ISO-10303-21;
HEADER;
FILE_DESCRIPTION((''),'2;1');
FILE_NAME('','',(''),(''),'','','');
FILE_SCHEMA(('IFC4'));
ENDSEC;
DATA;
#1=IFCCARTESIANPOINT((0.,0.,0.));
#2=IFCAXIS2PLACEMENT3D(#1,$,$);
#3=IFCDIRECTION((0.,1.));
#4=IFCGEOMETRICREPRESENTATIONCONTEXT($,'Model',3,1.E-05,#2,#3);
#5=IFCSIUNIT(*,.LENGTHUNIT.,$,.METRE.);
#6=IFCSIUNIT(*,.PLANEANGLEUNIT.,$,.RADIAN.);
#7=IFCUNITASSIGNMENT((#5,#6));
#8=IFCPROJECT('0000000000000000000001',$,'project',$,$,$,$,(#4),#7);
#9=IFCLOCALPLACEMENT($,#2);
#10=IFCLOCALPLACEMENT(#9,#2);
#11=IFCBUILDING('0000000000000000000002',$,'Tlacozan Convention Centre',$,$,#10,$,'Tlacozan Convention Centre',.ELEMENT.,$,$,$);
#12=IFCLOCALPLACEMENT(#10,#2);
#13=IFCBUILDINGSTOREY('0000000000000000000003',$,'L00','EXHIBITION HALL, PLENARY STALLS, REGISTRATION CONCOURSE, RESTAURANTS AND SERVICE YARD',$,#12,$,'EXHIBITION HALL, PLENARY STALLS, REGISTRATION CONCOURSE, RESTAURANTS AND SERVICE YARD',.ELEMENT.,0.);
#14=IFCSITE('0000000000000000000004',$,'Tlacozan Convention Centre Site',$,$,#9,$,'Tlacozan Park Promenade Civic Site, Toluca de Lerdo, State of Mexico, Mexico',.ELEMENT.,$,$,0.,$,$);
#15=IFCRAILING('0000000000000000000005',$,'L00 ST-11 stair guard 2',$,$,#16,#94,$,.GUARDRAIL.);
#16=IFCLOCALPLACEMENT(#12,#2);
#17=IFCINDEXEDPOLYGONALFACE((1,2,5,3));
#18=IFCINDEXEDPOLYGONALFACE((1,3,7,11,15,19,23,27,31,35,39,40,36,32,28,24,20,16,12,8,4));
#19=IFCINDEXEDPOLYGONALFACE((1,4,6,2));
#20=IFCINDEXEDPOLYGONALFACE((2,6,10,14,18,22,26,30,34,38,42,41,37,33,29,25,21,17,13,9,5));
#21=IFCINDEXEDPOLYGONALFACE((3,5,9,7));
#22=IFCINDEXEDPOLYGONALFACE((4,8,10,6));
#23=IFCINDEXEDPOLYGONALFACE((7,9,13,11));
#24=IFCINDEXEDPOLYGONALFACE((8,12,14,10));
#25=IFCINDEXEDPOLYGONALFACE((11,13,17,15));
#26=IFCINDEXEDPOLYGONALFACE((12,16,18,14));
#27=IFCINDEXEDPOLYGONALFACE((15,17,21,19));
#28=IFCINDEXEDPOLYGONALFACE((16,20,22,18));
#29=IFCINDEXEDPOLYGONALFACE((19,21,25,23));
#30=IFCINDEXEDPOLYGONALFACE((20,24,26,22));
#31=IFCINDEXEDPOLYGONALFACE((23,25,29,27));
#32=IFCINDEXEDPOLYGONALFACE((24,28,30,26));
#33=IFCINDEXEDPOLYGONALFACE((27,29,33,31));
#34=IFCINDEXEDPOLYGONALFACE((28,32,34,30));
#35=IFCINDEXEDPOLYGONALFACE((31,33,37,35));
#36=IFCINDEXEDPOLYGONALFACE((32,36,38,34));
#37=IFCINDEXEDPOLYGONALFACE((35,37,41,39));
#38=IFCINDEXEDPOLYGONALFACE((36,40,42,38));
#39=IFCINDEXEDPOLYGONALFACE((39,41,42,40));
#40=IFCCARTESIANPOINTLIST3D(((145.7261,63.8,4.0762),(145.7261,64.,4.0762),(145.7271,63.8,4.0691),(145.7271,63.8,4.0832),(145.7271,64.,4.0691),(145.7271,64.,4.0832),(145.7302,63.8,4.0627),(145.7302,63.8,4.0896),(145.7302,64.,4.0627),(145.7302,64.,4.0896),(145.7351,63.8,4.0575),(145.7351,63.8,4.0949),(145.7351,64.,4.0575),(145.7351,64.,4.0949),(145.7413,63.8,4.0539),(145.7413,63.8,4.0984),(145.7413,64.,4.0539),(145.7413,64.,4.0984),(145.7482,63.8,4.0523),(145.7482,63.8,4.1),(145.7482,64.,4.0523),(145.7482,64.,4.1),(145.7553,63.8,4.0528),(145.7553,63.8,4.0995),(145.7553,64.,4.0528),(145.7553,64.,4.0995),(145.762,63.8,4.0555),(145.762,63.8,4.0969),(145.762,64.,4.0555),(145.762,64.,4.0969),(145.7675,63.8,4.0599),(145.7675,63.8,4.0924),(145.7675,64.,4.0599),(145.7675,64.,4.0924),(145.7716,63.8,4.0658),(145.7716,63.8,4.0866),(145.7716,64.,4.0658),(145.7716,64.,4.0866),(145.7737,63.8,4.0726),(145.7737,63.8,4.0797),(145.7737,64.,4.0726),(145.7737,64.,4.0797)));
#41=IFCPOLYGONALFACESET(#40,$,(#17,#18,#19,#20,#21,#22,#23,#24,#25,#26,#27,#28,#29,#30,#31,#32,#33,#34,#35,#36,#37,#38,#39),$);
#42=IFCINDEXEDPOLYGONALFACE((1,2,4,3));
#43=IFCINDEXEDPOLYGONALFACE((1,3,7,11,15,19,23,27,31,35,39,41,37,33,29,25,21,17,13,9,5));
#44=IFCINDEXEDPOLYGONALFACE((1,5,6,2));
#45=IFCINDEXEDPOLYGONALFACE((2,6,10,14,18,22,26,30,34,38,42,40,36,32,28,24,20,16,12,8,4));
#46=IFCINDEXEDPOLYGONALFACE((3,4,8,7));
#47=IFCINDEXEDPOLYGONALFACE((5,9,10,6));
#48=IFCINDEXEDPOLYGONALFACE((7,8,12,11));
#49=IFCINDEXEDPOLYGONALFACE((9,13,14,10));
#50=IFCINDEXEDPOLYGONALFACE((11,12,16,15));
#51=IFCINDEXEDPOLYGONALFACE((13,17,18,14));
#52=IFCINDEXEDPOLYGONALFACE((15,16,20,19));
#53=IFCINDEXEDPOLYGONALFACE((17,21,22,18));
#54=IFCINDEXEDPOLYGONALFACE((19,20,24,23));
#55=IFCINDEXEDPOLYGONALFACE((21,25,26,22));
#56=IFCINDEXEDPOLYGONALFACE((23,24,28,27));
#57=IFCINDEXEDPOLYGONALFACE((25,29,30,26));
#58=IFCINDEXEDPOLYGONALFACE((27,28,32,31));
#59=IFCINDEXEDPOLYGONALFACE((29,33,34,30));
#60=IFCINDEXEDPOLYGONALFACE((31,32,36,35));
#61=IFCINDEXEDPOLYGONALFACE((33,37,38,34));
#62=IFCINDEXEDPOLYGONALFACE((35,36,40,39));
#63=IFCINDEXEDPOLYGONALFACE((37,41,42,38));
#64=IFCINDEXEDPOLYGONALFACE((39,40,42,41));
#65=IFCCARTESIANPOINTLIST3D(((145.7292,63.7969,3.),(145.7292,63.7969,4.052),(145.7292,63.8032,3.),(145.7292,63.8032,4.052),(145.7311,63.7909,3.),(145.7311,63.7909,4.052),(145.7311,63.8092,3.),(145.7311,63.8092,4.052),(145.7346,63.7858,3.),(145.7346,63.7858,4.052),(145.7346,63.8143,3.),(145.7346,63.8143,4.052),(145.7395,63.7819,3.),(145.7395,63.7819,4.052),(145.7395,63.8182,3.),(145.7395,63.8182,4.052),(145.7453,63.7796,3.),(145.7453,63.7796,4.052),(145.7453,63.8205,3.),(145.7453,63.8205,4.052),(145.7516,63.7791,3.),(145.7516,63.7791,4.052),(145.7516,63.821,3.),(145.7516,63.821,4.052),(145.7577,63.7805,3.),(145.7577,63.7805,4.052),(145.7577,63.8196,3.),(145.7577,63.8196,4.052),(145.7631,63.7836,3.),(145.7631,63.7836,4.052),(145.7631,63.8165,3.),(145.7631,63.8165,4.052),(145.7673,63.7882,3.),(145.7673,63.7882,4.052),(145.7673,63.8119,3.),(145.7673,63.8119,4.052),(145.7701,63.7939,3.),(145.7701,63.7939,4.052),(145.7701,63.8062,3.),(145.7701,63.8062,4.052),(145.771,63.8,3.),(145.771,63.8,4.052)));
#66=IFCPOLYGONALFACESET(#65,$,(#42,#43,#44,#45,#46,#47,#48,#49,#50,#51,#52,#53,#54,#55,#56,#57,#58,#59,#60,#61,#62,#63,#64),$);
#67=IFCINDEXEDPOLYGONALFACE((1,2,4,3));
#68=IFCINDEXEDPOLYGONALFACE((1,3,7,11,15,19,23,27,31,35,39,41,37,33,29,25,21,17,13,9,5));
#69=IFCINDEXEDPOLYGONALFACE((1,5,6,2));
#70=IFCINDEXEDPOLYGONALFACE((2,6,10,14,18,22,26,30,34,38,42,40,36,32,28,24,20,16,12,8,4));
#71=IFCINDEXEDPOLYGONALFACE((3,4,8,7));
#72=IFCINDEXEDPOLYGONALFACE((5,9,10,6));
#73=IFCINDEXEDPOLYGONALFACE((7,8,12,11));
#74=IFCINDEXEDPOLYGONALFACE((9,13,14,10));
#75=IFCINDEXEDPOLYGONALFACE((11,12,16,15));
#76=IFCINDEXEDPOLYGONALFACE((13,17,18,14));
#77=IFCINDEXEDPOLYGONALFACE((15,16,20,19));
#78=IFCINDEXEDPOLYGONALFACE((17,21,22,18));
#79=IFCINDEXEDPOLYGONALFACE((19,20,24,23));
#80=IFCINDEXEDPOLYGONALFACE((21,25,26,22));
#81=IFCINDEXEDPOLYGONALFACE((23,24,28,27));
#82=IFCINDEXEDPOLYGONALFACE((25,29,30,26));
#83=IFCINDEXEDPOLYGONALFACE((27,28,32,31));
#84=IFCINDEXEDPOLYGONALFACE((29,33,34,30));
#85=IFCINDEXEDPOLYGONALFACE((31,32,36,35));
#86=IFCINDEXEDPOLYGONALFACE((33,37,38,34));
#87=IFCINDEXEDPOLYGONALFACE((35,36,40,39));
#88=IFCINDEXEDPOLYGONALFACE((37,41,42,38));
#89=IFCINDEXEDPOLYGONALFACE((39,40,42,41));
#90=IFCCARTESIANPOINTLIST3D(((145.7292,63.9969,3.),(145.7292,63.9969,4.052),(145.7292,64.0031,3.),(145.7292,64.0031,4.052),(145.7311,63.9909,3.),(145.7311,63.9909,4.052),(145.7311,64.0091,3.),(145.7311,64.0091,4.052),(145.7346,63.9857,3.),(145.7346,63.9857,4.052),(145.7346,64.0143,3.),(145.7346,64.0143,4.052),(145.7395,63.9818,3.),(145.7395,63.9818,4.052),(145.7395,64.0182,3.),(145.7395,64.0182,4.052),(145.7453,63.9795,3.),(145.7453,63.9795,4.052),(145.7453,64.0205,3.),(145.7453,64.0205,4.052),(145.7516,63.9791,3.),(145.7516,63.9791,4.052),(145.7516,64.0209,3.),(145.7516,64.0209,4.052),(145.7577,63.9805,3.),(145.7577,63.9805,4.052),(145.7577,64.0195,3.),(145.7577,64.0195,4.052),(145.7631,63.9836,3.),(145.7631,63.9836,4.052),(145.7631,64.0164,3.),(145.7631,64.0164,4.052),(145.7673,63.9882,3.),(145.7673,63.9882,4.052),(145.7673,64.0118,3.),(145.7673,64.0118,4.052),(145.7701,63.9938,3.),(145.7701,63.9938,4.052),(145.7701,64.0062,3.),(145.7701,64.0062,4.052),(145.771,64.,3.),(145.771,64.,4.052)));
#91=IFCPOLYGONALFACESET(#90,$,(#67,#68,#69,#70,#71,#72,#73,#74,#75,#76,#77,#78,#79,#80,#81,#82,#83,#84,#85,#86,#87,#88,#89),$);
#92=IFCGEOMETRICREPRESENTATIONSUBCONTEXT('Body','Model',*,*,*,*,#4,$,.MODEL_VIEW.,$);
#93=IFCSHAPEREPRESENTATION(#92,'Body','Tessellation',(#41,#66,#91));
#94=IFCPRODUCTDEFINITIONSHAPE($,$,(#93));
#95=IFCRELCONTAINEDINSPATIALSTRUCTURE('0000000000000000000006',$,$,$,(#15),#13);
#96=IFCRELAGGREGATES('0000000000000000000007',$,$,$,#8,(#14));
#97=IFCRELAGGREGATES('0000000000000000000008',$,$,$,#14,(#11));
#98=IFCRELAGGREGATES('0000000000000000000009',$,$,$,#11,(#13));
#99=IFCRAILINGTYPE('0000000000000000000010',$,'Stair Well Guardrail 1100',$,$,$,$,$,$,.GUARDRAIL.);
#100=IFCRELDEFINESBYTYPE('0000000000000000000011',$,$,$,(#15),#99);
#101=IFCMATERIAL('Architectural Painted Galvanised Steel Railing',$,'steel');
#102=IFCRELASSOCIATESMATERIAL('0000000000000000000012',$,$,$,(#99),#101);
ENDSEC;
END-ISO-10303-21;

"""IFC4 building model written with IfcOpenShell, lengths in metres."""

from ifc_helpers import new_model, si_unit, direction, frame, origin, origin_2d, place, context, subcontext, project, spatial, circle, extrude, material, type_object, element, save


model = new_model("IFC4")

# Units and contexts
model_context = context("Model", 3, precision=1e-05, world=origin(), true_north=direction((0.0, 1.0)))
body_context = subcontext(model_context, "Body", "Model", "MODEL_VIEW")
ifc_project = project(units=[si_unit("LENGTHUNIT", "METRE"), si_unit("PLANEANGLEUNIT", "RADIAN")], contexts=[model_context])

# Site, building, storey
site_placement = place(None, origin())
site = spatial("IfcSite", under=ifc_project, at=site_placement, Name="Tlacozan Convention Centre Site", LongName="Tlacozan Park Promenade Civic Site, Toluca de Lerdo, State of Mexico, Mexico", CompositionType="ELEMENT", RefElevation=0.0)
building_placement = place(site_placement, origin())
building = spatial("IfcBuilding", under=site, at=building_placement, Name="Tlacozan Convention Centre", LongName="Tlacozan Convention Centre", CompositionType="ELEMENT")
storey_placement = place(building_placement, origin())
storey = spatial("IfcBuildingStorey", under=building, at=storey_placement, Name="L00", Description="EXHIBITION HALL, PLENARY STALLS, REGISTRATION CONCOURSE, RESTAURANTS AND SERVICE YARD", LongName="EXHIBITION HALL, PLENARY STALLS, REGISTRATION CONCOURSE, RESTAURANTS AND SERVICE YARD", CompositionType="ELEMENT", Elevation=0.0)

# Railing
ifc_material_1 = material(Name="Architectural Painted Galvanised Steel Railing", Category="steel")
railing_type_1 = type_object("IfcRailingType", Name="Stair Well Guardrail 1100", PredefinedType="GUARDRAIL", material=ifc_material_1)
railing_1_placement = place(storey_placement, frame((145.75, 63.8, 3.0)))
element("IfcRailing", 1, at=railing_1_placement, inside=storey, type_object=railing_type_1, Name="L00 ST-11 stair guard 2", PredefinedType="GUARDRAIL", context=body_context, shape_type="SweptSolid", body=[
    extrude(circle(Radius=0.0239, at=origin_2d()), frame((0.0, 0.0, 1.0762), z_axis=(0.0, 1.0, 0.0), x_axis=(-1.0, 0.0, 0.0)), (0.0, 0.0, 1.0), 0.2),
    extrude(circle(Radius=0.021, at=origin_2d()), origin(), (0.0, 0.0, 1.0), 1.052),
    extrude(circle(Radius=0.021, at=origin_2d()), frame((0.0, 0.2, 0.0)), (0.0, 0.0, 1.0), 1.052),
])

save(model, "model.ifc")
